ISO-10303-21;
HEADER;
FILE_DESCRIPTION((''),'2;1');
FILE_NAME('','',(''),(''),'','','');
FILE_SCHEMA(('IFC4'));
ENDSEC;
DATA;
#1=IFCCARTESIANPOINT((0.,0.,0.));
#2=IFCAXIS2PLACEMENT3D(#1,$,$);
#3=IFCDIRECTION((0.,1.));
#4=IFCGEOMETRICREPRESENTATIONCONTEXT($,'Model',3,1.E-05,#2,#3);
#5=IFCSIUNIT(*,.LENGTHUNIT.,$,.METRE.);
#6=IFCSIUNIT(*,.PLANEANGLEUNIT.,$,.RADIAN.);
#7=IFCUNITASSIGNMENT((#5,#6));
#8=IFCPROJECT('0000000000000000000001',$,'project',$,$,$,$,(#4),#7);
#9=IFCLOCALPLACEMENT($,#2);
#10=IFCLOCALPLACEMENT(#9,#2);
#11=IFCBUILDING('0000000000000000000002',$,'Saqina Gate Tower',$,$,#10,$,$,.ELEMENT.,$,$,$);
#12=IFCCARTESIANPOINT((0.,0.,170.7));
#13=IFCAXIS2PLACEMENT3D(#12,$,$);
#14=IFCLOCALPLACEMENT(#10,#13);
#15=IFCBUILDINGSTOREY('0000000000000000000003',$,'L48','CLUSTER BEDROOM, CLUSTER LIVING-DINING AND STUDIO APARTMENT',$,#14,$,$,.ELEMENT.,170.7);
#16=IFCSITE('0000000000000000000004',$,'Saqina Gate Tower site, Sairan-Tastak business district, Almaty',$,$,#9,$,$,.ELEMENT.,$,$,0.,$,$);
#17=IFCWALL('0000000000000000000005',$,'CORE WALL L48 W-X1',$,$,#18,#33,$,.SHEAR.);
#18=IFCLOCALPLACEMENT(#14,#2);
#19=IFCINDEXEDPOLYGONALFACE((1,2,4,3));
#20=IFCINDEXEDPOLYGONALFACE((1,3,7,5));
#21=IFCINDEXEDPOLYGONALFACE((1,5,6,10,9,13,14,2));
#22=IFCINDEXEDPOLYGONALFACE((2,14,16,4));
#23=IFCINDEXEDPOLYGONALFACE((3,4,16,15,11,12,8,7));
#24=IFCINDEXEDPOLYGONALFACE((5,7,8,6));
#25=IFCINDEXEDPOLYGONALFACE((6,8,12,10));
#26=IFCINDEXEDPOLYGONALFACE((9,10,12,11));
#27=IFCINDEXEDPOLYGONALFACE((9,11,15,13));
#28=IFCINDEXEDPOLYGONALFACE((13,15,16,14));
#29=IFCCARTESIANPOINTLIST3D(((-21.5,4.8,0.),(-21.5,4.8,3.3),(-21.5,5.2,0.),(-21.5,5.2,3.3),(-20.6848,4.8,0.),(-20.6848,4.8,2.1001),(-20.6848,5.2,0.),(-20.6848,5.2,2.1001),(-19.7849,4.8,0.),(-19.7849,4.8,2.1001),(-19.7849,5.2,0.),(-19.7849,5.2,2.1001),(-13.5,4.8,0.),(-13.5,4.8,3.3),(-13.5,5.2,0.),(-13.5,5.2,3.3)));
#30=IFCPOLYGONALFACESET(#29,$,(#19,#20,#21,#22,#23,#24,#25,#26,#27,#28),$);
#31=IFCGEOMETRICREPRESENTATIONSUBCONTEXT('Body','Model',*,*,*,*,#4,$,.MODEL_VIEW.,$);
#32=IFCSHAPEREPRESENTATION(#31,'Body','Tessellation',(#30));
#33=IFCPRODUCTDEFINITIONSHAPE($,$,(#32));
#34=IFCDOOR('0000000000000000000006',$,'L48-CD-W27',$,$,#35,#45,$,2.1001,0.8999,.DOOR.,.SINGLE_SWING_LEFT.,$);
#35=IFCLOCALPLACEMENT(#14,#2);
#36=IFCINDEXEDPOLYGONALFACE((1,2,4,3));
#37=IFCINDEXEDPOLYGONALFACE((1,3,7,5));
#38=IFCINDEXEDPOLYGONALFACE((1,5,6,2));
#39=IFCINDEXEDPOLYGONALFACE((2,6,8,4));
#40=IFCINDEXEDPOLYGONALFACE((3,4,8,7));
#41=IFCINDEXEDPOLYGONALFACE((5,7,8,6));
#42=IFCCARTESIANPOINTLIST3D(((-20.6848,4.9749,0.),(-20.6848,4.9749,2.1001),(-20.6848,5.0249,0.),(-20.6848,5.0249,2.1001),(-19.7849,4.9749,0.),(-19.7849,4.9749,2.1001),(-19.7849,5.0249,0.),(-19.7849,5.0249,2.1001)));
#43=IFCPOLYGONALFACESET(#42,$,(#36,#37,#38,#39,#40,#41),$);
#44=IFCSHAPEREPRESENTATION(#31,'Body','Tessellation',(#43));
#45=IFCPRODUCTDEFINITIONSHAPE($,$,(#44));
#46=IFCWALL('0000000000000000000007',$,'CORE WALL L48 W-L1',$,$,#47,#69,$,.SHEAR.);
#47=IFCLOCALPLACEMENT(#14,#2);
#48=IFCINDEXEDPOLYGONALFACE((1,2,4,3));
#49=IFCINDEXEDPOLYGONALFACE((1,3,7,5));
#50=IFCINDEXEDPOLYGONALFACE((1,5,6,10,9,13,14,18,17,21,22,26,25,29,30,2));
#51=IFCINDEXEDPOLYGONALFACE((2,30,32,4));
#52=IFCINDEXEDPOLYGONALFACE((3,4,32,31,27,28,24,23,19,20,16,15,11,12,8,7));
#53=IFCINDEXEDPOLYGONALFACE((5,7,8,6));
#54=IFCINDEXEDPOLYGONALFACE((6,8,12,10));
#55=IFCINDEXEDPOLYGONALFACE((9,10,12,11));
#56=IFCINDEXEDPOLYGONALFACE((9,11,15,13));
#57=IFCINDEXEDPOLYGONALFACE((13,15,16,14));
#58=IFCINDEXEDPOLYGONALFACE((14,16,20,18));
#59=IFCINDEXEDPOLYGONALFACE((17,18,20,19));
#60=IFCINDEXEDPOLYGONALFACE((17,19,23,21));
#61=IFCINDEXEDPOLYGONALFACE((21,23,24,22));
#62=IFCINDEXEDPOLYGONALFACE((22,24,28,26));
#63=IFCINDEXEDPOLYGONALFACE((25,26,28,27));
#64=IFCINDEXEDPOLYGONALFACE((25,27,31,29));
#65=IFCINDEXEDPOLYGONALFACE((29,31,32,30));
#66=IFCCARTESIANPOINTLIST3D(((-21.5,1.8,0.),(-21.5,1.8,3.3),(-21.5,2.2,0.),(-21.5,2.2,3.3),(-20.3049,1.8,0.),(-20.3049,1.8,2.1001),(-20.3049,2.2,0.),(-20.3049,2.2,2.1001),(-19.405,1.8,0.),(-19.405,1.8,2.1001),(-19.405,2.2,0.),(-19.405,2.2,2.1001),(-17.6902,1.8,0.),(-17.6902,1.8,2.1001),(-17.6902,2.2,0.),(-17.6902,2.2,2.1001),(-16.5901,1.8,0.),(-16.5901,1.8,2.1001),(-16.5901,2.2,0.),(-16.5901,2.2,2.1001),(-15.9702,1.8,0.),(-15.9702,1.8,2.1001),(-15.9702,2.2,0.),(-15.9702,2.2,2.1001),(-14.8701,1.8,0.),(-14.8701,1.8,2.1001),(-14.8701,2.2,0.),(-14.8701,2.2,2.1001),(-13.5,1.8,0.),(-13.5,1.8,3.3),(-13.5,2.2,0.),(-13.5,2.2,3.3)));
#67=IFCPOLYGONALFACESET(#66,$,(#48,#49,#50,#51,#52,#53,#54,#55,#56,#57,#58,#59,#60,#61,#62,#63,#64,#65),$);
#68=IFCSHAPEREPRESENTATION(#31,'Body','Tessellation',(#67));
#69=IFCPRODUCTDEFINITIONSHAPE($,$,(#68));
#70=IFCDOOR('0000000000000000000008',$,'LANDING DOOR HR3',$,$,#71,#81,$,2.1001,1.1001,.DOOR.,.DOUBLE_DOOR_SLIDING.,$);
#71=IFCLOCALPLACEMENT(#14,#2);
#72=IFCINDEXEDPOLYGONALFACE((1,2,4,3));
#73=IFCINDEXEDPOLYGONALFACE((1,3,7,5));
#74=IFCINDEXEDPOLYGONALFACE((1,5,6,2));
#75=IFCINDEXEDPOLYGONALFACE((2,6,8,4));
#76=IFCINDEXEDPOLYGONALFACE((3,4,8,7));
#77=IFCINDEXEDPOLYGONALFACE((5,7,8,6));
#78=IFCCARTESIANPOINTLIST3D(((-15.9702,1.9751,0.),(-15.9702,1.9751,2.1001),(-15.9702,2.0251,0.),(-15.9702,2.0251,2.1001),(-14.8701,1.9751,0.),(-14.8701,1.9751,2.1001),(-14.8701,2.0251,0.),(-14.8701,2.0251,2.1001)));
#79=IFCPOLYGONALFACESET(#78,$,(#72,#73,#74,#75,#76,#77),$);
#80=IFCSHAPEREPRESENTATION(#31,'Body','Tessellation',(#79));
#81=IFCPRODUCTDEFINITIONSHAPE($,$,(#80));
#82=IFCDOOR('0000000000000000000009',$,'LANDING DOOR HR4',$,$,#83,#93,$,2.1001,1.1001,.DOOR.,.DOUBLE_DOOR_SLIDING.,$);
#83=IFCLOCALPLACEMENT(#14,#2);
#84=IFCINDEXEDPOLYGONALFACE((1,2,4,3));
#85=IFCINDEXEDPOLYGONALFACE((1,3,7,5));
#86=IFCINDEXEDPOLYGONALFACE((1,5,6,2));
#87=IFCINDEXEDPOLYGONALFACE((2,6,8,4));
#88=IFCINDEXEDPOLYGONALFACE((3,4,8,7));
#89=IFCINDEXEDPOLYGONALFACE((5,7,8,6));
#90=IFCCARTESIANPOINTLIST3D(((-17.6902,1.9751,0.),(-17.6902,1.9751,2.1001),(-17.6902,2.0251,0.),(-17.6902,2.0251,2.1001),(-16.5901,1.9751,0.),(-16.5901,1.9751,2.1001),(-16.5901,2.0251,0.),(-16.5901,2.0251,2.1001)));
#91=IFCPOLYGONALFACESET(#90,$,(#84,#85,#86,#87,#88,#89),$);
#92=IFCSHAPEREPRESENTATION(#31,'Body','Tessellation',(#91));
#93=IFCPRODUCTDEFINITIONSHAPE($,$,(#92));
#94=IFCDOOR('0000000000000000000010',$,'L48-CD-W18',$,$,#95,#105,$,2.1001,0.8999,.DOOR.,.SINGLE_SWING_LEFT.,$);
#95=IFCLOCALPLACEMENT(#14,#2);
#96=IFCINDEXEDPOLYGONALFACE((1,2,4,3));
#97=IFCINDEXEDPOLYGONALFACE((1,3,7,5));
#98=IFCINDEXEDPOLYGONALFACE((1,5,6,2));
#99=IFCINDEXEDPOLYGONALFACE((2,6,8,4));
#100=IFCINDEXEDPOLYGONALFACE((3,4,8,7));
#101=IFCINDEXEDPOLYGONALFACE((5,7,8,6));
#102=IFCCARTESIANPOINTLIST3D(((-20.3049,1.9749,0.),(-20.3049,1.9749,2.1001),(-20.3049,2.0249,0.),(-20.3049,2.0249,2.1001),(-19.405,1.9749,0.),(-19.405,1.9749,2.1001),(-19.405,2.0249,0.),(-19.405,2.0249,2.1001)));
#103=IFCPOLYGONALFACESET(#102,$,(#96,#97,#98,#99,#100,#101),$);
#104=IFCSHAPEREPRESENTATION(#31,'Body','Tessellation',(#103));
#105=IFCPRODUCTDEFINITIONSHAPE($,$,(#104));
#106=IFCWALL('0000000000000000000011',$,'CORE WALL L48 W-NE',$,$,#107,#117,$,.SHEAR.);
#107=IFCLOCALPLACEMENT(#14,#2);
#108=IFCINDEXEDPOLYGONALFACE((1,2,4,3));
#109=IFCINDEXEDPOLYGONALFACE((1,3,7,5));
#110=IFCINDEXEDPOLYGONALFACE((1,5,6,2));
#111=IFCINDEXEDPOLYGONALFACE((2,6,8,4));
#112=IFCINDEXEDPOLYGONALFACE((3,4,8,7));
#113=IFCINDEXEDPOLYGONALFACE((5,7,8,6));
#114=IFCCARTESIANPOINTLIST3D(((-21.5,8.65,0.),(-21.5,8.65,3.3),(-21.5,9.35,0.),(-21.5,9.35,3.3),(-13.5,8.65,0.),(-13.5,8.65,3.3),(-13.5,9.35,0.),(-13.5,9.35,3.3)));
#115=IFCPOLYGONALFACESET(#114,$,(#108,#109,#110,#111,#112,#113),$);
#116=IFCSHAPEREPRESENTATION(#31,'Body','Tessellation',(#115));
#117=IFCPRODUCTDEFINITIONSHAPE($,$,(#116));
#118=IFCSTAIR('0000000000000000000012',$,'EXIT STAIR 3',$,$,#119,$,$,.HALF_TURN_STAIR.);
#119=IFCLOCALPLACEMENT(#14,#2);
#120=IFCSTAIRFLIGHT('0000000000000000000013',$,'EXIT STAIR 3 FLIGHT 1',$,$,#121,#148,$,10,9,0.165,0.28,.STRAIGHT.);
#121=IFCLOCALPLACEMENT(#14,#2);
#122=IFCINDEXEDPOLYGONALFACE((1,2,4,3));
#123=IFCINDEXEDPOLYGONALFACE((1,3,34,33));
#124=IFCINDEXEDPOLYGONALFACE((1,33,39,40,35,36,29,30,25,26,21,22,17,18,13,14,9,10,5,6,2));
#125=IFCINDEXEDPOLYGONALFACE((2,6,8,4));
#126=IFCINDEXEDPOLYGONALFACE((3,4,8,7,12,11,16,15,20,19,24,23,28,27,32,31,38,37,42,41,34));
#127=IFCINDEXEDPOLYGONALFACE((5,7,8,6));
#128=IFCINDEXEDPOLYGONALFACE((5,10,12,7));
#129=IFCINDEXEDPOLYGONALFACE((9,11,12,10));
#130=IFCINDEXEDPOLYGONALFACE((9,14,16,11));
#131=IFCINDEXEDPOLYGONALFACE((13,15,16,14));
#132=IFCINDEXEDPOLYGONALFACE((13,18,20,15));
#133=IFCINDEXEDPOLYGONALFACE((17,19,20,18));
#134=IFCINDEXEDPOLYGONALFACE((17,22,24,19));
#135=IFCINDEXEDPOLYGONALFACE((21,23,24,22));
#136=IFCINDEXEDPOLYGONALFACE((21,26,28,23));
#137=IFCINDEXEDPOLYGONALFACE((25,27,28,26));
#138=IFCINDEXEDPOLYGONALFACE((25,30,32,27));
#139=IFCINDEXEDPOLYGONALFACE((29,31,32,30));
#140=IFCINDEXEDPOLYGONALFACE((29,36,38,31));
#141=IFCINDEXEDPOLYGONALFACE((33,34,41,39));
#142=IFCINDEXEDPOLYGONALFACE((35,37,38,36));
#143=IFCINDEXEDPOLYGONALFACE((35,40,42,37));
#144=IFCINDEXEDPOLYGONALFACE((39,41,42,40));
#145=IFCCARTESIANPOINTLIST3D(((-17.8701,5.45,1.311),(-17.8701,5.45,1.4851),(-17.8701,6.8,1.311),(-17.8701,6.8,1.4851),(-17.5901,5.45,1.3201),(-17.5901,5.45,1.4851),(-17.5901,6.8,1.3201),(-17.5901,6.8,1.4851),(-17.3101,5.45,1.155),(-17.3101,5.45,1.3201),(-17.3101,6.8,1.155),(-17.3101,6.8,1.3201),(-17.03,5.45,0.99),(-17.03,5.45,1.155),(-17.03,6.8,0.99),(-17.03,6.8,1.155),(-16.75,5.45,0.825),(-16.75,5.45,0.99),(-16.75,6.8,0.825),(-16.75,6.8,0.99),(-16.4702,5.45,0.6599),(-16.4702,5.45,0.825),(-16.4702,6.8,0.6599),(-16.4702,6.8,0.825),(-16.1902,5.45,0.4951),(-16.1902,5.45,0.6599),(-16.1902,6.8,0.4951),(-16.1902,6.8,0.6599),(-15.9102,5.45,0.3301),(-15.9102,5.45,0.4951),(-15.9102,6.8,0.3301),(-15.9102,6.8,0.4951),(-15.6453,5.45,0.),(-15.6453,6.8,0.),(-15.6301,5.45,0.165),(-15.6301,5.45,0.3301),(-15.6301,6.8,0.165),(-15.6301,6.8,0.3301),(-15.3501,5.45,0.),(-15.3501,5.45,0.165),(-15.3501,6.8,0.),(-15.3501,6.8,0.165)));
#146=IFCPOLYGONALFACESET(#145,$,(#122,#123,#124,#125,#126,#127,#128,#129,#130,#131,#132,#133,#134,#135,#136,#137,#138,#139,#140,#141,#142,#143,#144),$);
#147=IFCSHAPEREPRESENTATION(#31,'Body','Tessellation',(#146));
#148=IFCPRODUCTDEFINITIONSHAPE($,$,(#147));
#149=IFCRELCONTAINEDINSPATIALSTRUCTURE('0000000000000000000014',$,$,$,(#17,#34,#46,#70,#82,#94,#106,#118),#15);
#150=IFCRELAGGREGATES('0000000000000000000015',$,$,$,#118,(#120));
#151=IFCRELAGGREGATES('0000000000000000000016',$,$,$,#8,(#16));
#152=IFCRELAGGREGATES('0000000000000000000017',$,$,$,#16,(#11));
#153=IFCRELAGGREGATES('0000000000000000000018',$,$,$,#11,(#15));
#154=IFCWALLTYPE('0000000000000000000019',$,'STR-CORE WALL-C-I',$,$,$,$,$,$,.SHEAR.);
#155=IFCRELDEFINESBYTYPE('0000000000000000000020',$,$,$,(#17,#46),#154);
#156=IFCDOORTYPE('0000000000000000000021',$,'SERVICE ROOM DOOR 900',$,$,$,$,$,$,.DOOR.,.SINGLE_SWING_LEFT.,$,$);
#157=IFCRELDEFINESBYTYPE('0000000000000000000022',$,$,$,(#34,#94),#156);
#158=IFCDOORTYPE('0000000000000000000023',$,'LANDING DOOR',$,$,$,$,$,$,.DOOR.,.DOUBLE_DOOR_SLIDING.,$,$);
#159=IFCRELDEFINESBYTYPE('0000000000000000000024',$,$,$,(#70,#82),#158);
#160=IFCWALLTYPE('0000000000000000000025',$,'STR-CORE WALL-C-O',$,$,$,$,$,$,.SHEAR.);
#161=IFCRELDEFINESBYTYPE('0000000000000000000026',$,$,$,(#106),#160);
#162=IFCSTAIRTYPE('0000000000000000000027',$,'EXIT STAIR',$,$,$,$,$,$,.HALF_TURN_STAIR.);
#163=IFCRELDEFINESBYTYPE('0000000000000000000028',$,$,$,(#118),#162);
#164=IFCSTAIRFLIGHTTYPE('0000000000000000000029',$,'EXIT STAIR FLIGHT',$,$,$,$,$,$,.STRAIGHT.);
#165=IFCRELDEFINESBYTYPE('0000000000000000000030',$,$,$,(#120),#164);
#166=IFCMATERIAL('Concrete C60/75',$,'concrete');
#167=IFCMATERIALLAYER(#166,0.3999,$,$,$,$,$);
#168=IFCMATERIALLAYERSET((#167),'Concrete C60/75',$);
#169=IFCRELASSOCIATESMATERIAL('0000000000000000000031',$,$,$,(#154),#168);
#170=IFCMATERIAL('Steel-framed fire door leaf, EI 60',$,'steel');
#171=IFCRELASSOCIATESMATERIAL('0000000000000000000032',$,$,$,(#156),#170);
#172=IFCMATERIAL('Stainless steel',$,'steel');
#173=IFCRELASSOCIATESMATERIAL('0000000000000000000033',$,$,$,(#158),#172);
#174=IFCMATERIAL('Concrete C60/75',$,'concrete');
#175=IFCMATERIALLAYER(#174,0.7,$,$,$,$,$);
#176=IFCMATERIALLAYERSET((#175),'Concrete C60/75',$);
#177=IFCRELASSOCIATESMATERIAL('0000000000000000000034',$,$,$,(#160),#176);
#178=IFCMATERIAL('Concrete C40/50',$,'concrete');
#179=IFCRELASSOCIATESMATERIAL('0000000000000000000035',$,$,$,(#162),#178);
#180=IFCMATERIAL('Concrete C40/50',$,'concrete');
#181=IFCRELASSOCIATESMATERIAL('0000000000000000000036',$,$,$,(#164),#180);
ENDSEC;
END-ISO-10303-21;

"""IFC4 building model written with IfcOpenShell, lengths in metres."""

from ifc_helpers import new_model, si_unit, direction, frame, frame_2d, origin, place, context, subcontext, project, spatial, polyline, rectangle, outline, extrude, material, layer, layer_set, type_object, element, fill, aggregate, save


model = new_model("IFC4")

# Units and contexts
model_context = context("Model", 3, precision=1e-05, world=origin(), true_north=direction((0.0, 1.0)))
body_context = subcontext(model_context, "Body", "Model", "MODEL_VIEW")
ifc_project = project(units=[si_unit("LENGTHUNIT", "METRE"), si_unit("PLANEANGLEUNIT", "RADIAN")], contexts=[model_context])

# Site, building, storey
site_placement = place(None, origin())
site = spatial("IfcSite", under=ifc_project, at=site_placement, Name="Saqina Gate Tower site, Sairan-Tastak business district, Almaty", CompositionType="ELEMENT", RefElevation=0.0)
building_placement = place(site_placement, origin())
building = spatial("IfcBuilding", under=site, at=building_placement, Name="Saqina Gate Tower", CompositionType="ELEMENT")
storey_placement = place(building_placement, frame((0.0, 0.0, 170.7)))
storey = spatial("IfcBuildingStorey", under=building, at=storey_placement, Name="L48", Description="CLUSTER BEDROOM, CLUSTER LIVING-DINING AND STUDIO APARTMENT", CompositionType="ELEMENT", Elevation=170.7)

# Wall, opening, door
ifc_material_1 = material(Name="Concrete C60/75", Category="concrete")
ifc_layer_1 = layer(ifc_material_1, 0.3999)
ifc_layer_set_1 = layer_set([ifc_layer_1], Name="Concrete C60/75")
wall_type_1 = type_object("IfcWallType", Name="STR-CORE WALL-C-I", PredefinedType="SHEAR", material=ifc_layer_set_1)
wall_1_placement = place(storey_placement, frame((-13.5, 5.0, 0.0), z_axis=(0.0, 0.0, 1.0), x_axis=(-1.0, 0.0, 0.0)))
wall_1 = element("IfcWall", 1, at=wall_1_placement, inside=storey, type_object=wall_type_1, Name="CORE WALL L48 W-X1", PredefinedType="SHEAR", context=body_context, shape_type="SweptSolid", body=[
    extrude(rectangle(XDim=8.0, YDim=0.3999, at=frame_2d((4.0, 0.0))), origin(), (0.0, 0.0, 1.0), 3.3),
])
opening_1_placement = place(wall_1_placement, frame((6.2849, 0.0, 0.0)))
opening_1 = element("IfcOpeningElement", 2, at=opening_1_placement, cuts=wall_1, PredefinedType="OPENING", context=body_context, shape_type="SweptSolid", body=[
    extrude(rectangle(XDim=0.8999, YDim=2.1001, at=frame_2d((0.45, 1.05))), frame((0.0, 0.2119, 0.0), z_axis=(0.0, -1.0, 0.0), x_axis=(1.0, 0.0, 0.0)), (0.0, 0.0, 1.0), 0.4238),
])
ifc_material_2 = material(Name="Steel-framed fire door leaf, EI 60", Category="steel")
door_type_1 = type_object("IfcDoorType", Name="SERVICE ROOM DOOR 900", OperationType="SINGLE_SWING_LEFT", PredefinedType="DOOR", material=ifc_material_2)
door_1_placement = place(opening_1_placement, frame((0.8999, 0.0, 0.0), z_axis=(0.0, 0.0, 1.0), x_axis=(-1.0, 0.0, 0.0)))
door_1 = element("IfcDoor", 3, at=door_1_placement, inside=storey, type_object=door_type_1, Name="L48-CD-W27", OperationType="SINGLE_SWING_LEFT", OverallHeight=2.1001, OverallWidth=0.8999, PredefinedType="DOOR", context=body_context, shape_type="SweptSolid", body=[
    extrude(rectangle(XDim=0.8999, YDim=2.1001, at=frame_2d((0.45, 1.05))), frame((0.0, 0.0249, 0.0), z_axis=(0.0, -1.0, 0.0), x_axis=(1.0, 0.0, 0.0)), (0.0, 0.0, 1.0), 0.05),
])
fill(opening_1, door_1)

# Wall, openings, doors
wall_2_placement = place(storey_placement, frame((-13.5, 2.0, 0.0), z_axis=(0.0, 0.0, 1.0), x_axis=(-1.0, 0.0, 0.0)))
wall_2 = element("IfcWall", 4, at=wall_2_placement, inside=storey, type_object=wall_type_1, Name="CORE WALL L48 W-L1", PredefinedType="SHEAR", context=body_context, shape_type="SweptSolid", body=[
    extrude(rectangle(XDim=8.0, YDim=0.3999, at=frame_2d((4.0, 0.0))), origin(), (0.0, 0.0, 1.0), 3.3),
])
opening_2_placement = place(wall_2_placement, frame((1.3701, 0.0, 0.0)))
opening_2 = element("IfcOpeningElement", 5, at=opening_2_placement, cuts=wall_2, PredefinedType="OPENING", context=body_context, shape_type="SweptSolid", body=[
    extrude(rectangle(XDim=1.1001, YDim=2.1001, at=frame_2d((0.55, 1.05))), frame((0.0, 0.2119, 0.0), z_axis=(0.0, -1.0, 0.0), x_axis=(1.0, 0.0, 0.0)), (0.0, 0.0, 1.0), 0.4238),
])
opening_3_placement = place(wall_2_placement, frame((3.0901, 0.0, 0.0)))
opening_3 = element("IfcOpeningElement", 6, at=opening_3_placement, cuts=wall_2, PredefinedType="OPENING", context=body_context, shape_type="SweptSolid", body=[
    extrude(rectangle(XDim=1.1001, YDim=2.1001, at=frame_2d((0.55, 1.05))), frame((0.0, 0.2119, 0.0), z_axis=(0.0, -1.0, 0.0), x_axis=(1.0, 0.0, 0.0)), (0.0, 0.0, 1.0), 0.4238),
])
opening_4_placement = place(wall_2_placement, frame((5.905, 0.0, 0.0)))
opening_4 = element("IfcOpeningElement", 7, at=opening_4_placement, cuts=wall_2, PredefinedType="OPENING", context=body_context, shape_type="SweptSolid", body=[
    extrude(rectangle(XDim=0.8999, YDim=2.1001, at=frame_2d((0.45, 1.05))), frame((0.0, 0.2119, 0.0), z_axis=(0.0, -1.0, 0.0), x_axis=(1.0, 0.0, 0.0)), (0.0, 0.0, 1.0), 0.4238),
])
ifc_material_3 = material(Name="Stainless steel", Category="steel")
door_type_2 = type_object("IfcDoorType", Name="LANDING DOOR", OperationType="DOUBLE_DOOR_SLIDING", PredefinedType="DOOR", material=ifc_material_3)
door_2_placement = place(opening_2_placement, origin())
door_2 = element("IfcDoor", 8, at=door_2_placement, inside=storey, type_object=door_type_2, Name="LANDING DOOR HR3", OperationType="DOUBLE_DOOR_SLIDING", OverallHeight=2.1001, OverallWidth=1.1001, PredefinedType="DOOR", context=body_context, shape_type="SweptSolid", body=[
    extrude(rectangle(XDim=1.1001, YDim=2.1001, at=frame_2d((0.55, 1.05))), frame((0.0, 0.0249, 0.0), z_axis=(0.0, -1.0, 0.0), x_axis=(1.0, 0.0, 0.0)), (0.0, 0.0, 1.0), 0.05),
])
fill(opening_2, door_2)
door_3_placement = place(opening_3_placement, origin())
door_3 = element("IfcDoor", 9, at=door_3_placement, inside=storey, type_object=door_type_2, Name="LANDING DOOR HR4", OperationType="DOUBLE_DOOR_SLIDING", OverallHeight=2.1001, OverallWidth=1.1001, PredefinedType="DOOR", context=body_context, shape_type="SweptSolid", body=[
    extrude(rectangle(XDim=1.1001, YDim=2.1001, at=frame_2d((0.55, 1.05))), frame((0.0, 0.0249, 0.0), z_axis=(0.0, -1.0, 0.0), x_axis=(1.0, 0.0, 0.0)), (0.0, 0.0, 1.0), 0.05),
])
fill(opening_3, door_3)
door_4_placement = place(opening_4_placement, frame((0.8999, 0.0, 0.0), z_axis=(0.0, 0.0, 1.0), x_axis=(-1.0, 0.0, 0.0)))
door_4 = element("IfcDoor", 10, at=door_4_placement, inside=storey, type_object=door_type_1, Name="L48-CD-W18", OperationType="SINGLE_SWING_LEFT", OverallHeight=2.1001, OverallWidth=0.8999, PredefinedType="DOOR", context=body_context, shape_type="SweptSolid", body=[
    extrude(rectangle(XDim=0.8999, YDim=2.1001, at=frame_2d((0.45, 1.05))), frame((0.0, 0.0249, 0.0), z_axis=(0.0, -1.0, 0.0), x_axis=(1.0, 0.0, 0.0)), (0.0, 0.0, 1.0), 0.05),
])
fill(opening_4, door_4)

# Wall
ifc_material_4 = material(Name="Concrete C60/75", Category="concrete")
ifc_layer_2 = layer(ifc_material_4, 0.7)
ifc_layer_set_2 = layer_set([ifc_layer_2], Name="Concrete C60/75")
wall_type_2 = type_object("IfcWallType", Name="STR-CORE WALL-C-O", PredefinedType="SHEAR", material=ifc_layer_set_2)
wall_3_placement = place(storey_placement, frame((-13.5, 9.0, 0.0), z_axis=(0.0, 0.0, 1.0), x_axis=(-1.0, 0.0, 0.0)))
element("IfcWall", 11, at=wall_3_placement, inside=storey, type_object=wall_type_2, Name="CORE WALL L48 W-NE", PredefinedType="SHEAR", context=body_context, shape_type="SweptSolid", body=[
    extrude(rectangle(XDim=8.0, YDim=0.7, at=frame_2d((4.0, 0.0))), origin(), (0.0, 0.0, 1.0), 3.3),
])

# Stair, stair flight
ifc_material_5 = material(Name="Concrete C40/50", Category="concrete")
stair_type = type_object("IfcStairType", Name="EXIT STAIR", PredefinedType="HALF_TURN_STAIR", material=ifc_material_5)
stair_placement = place(storey_placement, origin())
stair = element("IfcStair", 12, at=stair_placement, inside=storey, type_object=stair_type, Name="EXIT STAIR 3", PredefinedType="HALF_TURN_STAIR")
ifc_material_6 = material(Name="Concrete C40/50", Category="concrete")
stair_flight_type = type_object("IfcStairFlightType", Name="EXIT STAIR FLIGHT", PredefinedType="STRAIGHT", material=ifc_material_6)
stair_flight_placement = place(storey_placement, frame((-15.3501, 6.125, 0.0), z_axis=(0.0, 0.0, 1.0), x_axis=(-1.0, 0.0, 0.0)))
stair_flight = element("IfcStairFlight", 13, at=stair_flight_placement, type_object=stair_flight_type, Name="EXIT STAIR 3 FLIGHT 1", NumberOfRisers=10, NumberOfTreads=9, PredefinedType="STRAIGHT", RiserHeight=0.165, TreadLength=0.28, context=body_context, shape_type="SweptSolid", body=[
    extrude(outline(polyline([(0.0, 0.0), (0.0, 0.165), (0.28, 0.165), (0.28, 0.3301), (0.5601, 0.3301), (0.5601, 0.4951), (0.8401, 0.4951), (0.8401, 0.6599), (1.1201, 0.6599), (1.1201, 0.825), (1.3999, 0.825), (1.3999, 0.99), (1.6799, 0.99), (1.6799, 1.155), (1.96, 1.155), (1.96, 1.3201), (2.24, 1.3201), (2.24, 1.4851), (2.52, 1.4851), (2.52, 1.6499), (2.52, 1.311), (0.2952, 0.0), (0.0, 0.0)])), frame((0.0, 0.675, 0.0), z_axis=(0.0, -1.0, 0.0), x_axis=(1.0, 0.0, 0.0)), (0.0, 0.0, 1.0), 1.3501),
])
aggregate(stair, [stair_flight])

save(model, "model.ifc")
